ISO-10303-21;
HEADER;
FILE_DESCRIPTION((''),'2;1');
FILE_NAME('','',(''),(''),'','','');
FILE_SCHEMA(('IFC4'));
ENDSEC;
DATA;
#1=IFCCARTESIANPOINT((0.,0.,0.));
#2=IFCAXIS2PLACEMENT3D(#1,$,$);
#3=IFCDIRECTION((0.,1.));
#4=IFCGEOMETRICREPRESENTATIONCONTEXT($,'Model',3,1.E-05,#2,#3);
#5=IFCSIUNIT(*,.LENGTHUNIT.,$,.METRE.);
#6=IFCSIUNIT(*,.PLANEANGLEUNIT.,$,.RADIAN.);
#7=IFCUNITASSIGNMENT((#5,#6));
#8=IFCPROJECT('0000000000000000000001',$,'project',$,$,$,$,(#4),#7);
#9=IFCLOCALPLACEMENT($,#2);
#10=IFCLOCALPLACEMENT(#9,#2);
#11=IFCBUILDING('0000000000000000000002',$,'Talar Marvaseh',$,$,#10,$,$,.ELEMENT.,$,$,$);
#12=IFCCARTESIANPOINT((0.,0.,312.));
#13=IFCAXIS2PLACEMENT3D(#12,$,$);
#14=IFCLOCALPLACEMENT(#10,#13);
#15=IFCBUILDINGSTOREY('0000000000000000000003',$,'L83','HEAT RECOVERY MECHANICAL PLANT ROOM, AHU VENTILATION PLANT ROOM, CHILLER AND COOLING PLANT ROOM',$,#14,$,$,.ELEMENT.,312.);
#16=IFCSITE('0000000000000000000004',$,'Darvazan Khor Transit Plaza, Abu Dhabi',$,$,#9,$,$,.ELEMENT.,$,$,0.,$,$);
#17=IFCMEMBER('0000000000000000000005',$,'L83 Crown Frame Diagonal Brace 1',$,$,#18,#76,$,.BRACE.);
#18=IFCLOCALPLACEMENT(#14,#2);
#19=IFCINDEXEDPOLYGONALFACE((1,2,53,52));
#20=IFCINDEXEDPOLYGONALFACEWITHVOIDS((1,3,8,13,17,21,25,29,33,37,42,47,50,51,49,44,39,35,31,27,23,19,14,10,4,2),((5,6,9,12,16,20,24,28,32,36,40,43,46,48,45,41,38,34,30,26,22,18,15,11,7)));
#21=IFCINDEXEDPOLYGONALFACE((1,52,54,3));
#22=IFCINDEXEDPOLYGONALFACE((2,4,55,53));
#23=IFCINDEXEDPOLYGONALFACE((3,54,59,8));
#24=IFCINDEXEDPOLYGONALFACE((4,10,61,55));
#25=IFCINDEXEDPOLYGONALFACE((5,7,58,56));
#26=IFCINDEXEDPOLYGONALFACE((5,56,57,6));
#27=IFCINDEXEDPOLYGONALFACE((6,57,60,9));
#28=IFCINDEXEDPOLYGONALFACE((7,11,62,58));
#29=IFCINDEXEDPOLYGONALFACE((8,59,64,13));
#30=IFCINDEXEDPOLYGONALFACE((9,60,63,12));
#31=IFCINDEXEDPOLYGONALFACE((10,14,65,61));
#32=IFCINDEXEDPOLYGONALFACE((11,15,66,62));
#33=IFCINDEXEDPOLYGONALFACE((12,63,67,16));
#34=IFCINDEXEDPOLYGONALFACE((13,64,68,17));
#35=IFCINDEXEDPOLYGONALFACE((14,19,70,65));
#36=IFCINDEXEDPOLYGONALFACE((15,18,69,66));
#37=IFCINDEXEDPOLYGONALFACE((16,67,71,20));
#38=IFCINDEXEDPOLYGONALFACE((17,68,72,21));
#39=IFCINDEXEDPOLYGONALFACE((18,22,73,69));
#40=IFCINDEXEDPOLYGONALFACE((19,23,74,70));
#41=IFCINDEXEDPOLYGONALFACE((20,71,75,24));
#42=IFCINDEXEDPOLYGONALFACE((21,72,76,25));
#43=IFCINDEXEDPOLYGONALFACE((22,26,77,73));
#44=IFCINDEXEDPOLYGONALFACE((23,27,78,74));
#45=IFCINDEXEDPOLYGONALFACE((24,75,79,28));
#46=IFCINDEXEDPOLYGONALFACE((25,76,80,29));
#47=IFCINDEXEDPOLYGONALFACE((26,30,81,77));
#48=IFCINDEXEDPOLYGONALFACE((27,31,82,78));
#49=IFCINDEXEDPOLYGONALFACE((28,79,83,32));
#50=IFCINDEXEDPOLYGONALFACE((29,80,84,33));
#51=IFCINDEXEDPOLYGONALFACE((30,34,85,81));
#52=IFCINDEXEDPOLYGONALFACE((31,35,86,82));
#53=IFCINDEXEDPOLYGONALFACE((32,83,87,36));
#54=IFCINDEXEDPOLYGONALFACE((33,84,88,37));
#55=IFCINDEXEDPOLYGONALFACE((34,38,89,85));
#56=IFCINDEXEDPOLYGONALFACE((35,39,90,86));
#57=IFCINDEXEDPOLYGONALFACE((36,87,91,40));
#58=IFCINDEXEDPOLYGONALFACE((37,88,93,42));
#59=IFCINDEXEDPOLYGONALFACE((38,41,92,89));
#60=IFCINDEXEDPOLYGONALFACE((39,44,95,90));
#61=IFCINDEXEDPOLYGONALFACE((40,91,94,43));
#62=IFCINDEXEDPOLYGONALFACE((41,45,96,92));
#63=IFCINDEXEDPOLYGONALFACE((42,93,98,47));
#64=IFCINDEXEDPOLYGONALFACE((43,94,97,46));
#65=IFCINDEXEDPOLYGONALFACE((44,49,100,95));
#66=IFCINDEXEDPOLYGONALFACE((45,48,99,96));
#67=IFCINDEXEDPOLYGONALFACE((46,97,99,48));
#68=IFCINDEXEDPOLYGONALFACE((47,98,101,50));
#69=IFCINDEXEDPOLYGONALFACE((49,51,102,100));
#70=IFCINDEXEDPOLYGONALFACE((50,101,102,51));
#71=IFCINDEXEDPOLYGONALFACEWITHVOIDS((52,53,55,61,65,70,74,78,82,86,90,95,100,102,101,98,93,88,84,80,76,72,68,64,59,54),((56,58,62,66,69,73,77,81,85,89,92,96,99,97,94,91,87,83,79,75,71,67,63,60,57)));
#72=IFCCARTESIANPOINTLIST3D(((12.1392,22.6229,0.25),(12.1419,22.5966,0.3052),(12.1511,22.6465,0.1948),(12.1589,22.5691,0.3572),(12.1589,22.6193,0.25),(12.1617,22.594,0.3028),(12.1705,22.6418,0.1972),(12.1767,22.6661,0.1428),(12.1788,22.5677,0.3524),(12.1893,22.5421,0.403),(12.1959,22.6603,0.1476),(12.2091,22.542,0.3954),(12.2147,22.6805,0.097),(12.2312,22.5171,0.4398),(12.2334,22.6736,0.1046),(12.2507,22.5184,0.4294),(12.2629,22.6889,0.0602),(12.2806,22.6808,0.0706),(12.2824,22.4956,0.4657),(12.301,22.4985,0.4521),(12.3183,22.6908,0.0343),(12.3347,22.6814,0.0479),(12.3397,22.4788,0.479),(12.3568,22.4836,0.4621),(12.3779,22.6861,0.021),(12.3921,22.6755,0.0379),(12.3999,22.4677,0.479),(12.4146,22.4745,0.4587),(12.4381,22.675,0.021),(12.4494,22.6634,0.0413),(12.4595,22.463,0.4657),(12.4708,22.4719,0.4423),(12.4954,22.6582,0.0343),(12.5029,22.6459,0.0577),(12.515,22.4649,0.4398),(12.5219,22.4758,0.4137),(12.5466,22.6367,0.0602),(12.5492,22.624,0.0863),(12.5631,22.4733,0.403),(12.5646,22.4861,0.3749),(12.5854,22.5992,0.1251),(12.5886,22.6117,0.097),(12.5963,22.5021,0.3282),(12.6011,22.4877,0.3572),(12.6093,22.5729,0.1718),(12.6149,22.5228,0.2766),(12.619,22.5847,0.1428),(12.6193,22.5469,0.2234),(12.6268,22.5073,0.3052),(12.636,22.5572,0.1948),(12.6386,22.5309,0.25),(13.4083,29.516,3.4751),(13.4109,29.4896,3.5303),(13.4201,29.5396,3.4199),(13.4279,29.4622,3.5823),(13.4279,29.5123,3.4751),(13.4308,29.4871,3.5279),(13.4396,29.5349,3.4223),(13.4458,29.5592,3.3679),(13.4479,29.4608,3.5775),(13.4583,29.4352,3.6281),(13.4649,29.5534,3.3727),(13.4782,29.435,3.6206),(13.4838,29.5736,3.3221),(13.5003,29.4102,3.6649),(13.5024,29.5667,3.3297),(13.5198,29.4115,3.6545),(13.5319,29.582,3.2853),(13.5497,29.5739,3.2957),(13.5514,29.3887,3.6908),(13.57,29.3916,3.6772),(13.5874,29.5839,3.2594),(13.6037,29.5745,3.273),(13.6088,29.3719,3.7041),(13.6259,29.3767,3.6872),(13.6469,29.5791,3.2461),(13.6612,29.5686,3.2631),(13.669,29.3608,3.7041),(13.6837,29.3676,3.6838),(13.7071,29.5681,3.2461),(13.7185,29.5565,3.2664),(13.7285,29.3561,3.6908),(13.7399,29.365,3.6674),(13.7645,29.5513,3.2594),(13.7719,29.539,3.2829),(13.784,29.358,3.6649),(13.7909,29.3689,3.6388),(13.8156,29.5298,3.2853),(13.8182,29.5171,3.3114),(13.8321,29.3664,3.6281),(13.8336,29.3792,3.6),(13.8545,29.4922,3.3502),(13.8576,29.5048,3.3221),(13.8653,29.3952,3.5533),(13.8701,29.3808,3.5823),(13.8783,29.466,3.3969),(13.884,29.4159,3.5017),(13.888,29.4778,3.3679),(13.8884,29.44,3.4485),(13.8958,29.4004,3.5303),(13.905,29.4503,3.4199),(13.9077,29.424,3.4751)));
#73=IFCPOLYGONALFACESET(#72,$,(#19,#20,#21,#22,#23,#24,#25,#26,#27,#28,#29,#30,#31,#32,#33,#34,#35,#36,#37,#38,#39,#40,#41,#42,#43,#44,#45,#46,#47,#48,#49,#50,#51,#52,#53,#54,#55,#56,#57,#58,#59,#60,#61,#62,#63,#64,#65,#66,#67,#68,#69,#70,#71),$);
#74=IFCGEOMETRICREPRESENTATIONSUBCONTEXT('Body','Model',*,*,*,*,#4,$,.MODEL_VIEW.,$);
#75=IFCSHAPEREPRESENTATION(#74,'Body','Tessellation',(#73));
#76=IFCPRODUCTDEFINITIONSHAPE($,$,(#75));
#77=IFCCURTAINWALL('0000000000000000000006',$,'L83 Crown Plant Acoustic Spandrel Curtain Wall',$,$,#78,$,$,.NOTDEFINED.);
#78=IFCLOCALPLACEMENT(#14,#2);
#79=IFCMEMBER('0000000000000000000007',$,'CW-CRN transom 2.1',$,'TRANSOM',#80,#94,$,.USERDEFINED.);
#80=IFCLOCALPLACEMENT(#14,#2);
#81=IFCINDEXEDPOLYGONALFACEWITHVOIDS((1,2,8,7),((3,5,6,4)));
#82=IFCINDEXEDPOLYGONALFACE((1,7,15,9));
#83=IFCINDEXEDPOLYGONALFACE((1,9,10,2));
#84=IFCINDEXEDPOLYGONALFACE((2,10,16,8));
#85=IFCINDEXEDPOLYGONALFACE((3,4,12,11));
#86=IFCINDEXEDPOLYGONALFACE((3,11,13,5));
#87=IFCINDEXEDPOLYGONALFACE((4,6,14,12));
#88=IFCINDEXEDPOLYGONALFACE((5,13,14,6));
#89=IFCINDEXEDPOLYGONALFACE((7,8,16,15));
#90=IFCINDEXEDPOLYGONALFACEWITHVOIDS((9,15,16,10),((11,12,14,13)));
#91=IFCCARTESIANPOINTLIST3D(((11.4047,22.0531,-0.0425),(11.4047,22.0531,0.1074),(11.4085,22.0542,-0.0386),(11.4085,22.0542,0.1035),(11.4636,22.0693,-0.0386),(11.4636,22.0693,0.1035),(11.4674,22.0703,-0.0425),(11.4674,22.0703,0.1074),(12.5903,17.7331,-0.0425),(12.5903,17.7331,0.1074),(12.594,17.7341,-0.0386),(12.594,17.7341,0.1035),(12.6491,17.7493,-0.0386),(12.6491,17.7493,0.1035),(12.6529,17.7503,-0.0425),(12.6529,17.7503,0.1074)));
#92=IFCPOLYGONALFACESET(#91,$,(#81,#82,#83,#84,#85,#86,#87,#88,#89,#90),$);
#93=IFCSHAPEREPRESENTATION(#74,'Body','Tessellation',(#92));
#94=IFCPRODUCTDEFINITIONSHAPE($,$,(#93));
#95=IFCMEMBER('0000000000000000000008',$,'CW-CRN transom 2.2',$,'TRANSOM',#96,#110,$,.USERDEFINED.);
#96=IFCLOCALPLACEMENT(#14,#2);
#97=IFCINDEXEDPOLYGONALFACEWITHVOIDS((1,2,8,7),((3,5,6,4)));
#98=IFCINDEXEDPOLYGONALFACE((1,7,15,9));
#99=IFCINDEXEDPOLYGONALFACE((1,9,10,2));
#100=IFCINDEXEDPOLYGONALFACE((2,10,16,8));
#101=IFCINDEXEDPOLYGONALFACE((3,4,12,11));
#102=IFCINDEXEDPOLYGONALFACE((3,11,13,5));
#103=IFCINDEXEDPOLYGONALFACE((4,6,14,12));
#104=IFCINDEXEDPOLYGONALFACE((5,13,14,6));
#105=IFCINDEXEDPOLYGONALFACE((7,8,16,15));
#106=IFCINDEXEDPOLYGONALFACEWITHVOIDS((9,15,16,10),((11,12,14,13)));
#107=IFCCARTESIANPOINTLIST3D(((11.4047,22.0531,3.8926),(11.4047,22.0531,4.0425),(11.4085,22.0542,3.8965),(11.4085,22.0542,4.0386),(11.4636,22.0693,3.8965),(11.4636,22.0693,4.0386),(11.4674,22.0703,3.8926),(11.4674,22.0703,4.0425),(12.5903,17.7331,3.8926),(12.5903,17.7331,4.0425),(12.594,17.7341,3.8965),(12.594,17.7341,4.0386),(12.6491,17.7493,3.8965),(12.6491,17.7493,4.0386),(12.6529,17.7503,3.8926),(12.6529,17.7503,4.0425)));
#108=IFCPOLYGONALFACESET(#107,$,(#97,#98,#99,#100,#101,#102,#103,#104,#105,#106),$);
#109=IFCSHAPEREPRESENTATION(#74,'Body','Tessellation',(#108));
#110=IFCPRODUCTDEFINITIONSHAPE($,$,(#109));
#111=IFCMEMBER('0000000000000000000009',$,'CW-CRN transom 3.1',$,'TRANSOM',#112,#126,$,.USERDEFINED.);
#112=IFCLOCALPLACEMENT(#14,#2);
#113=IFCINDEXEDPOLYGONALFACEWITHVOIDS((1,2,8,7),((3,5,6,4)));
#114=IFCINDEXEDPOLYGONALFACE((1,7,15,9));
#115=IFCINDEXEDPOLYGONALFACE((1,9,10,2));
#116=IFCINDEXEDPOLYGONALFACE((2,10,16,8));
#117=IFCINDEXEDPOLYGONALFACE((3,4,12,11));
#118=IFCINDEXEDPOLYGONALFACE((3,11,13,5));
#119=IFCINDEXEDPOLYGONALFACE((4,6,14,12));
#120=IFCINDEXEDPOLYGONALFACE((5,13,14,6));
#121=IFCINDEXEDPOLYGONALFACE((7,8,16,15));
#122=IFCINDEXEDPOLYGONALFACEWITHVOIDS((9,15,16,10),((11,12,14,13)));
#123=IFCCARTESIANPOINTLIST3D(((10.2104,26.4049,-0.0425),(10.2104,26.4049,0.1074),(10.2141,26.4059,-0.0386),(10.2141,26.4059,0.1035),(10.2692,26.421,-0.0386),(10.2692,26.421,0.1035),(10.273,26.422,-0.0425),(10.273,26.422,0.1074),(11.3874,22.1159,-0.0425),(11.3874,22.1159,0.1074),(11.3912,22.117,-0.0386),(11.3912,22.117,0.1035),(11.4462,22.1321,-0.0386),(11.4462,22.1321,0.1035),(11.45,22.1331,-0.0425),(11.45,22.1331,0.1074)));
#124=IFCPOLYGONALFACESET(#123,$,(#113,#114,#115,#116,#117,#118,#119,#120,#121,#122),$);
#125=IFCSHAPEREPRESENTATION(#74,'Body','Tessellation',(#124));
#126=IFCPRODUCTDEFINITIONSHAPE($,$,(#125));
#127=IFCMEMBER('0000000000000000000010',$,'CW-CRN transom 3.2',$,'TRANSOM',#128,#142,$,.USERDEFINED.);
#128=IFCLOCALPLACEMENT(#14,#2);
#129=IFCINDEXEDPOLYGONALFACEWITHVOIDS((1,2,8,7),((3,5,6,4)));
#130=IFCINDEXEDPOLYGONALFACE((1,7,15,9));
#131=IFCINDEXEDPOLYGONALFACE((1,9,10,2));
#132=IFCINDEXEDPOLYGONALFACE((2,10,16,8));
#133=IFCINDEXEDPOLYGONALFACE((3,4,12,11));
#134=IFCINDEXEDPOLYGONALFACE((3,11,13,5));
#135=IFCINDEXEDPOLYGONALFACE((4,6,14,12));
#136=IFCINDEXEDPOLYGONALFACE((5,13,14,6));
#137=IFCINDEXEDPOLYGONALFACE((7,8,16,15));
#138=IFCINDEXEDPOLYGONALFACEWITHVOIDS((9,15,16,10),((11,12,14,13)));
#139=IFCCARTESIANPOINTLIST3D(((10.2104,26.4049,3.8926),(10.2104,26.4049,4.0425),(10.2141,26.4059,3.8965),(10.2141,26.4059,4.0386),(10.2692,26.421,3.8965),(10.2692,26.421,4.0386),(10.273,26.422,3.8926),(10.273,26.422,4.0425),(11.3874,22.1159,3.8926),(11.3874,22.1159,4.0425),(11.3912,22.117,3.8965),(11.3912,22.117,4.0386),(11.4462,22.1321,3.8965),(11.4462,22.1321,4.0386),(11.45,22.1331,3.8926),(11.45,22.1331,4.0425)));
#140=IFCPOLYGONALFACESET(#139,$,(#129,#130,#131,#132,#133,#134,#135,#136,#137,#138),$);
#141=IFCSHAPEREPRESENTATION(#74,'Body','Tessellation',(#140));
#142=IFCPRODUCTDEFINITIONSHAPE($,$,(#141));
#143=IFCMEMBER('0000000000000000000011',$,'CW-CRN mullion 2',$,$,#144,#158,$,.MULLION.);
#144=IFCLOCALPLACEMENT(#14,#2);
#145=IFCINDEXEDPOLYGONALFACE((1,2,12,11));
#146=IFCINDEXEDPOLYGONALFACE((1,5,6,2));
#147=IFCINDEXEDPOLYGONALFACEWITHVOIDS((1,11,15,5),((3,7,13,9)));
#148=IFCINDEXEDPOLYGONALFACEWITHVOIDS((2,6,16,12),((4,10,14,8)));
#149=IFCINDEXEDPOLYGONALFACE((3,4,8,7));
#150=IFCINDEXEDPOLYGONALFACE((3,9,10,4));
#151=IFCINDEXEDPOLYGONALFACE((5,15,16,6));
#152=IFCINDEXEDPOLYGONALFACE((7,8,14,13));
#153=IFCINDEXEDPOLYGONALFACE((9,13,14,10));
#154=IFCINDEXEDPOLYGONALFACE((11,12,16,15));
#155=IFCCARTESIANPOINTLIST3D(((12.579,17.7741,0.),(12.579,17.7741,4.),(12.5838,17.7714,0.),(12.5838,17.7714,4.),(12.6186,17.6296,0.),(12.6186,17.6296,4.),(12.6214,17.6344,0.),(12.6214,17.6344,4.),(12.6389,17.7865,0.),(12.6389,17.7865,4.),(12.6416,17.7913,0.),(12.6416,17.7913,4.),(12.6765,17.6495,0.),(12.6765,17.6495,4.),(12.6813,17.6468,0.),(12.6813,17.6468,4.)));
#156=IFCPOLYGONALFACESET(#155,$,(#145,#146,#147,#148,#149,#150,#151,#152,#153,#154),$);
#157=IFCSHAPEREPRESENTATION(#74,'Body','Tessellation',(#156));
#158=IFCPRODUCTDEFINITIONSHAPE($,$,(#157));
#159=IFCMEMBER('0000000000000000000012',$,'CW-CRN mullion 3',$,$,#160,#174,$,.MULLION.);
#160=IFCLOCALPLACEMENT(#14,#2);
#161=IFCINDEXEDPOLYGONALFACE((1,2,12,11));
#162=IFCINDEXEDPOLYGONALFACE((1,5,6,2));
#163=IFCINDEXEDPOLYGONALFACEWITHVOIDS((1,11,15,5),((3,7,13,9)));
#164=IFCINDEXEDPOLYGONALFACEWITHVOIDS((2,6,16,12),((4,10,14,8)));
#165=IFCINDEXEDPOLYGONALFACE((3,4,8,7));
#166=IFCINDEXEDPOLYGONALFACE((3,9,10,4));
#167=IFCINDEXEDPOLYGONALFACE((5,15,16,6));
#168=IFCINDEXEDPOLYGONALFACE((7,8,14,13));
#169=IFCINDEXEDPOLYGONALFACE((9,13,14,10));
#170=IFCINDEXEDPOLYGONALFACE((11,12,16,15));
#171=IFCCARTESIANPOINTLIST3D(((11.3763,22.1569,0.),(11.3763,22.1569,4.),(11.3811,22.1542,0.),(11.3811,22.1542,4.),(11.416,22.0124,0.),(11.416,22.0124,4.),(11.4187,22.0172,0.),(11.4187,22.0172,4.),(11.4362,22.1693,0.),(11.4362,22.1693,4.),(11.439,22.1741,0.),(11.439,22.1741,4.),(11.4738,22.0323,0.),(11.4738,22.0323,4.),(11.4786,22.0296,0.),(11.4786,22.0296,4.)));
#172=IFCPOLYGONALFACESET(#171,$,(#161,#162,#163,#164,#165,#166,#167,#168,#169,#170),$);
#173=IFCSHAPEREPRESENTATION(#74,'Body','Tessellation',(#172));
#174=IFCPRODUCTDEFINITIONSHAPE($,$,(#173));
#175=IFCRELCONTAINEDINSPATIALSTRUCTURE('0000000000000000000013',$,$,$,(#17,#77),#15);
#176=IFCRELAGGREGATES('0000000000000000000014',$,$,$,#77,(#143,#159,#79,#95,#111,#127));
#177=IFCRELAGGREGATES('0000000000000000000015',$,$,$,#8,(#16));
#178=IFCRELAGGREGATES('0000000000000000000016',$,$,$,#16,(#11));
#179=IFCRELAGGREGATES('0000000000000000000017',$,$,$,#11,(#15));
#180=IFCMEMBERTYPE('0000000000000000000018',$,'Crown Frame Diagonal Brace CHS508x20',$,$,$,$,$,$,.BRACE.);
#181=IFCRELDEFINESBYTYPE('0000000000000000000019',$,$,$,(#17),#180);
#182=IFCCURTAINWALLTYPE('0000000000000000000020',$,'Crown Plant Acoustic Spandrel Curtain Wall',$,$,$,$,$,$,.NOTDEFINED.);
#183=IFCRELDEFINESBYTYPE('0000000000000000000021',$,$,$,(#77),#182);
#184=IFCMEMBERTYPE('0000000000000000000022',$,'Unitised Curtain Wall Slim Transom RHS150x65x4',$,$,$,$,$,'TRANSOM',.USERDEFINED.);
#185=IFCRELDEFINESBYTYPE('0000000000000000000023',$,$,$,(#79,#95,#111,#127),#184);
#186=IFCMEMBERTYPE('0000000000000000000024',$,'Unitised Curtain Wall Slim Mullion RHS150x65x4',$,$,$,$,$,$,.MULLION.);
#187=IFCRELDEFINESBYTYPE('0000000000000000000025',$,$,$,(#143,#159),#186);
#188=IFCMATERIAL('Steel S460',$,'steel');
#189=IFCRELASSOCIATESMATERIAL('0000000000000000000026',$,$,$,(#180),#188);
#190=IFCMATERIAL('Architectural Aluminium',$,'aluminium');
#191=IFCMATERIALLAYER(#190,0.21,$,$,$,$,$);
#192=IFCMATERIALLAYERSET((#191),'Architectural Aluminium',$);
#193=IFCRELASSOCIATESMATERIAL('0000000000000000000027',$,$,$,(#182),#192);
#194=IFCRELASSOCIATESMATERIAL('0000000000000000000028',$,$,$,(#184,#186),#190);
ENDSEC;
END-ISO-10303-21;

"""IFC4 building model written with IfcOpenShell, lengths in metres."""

from ifc_helpers import new_model, si_unit, direction, frame, origin, origin_2d, place, context, subcontext, project, spatial, hollow_rectangle, hollow_circle, extrude, source, transform, mapped, material, layer, layer_set, material_profile, profile_set, type_object, type_shapes, element, aggregate, save


model = new_model("IFC4")

# Units and contexts
model_context = context("Model", 3, precision=1e-05, world=origin(), true_north=direction((0.0, 1.0)))
body_context = subcontext(model_context, "Body", "Model", "MODEL_VIEW")
ifc_project = project(units=[si_unit("LENGTHUNIT", "METRE"), si_unit("PLANEANGLEUNIT", "RADIAN")], contexts=[model_context])

# Site, building, storey
site_placement = place(None, origin())
site = spatial("IfcSite", under=ifc_project, at=site_placement, Name="Darvazan Khor Transit Plaza, Abu Dhabi", CompositionType="ELEMENT", RefElevation=0.0)
building_placement = place(site_placement, origin())
building = spatial("IfcBuilding", under=site, at=building_placement, Name="Talar Marvaseh", CompositionType="ELEMENT")
storey_placement = place(building_placement, frame((0.0, 0.0, 312.0)))
storey = spatial("IfcBuildingStorey", under=building, at=storey_placement, Name="L83", Description="HEAT RECOVERY MECHANICAL PLANT ROOM, AHU VENTILATION PLANT ROOM, CHILLER AND COOLING PLANT ROOM", CompositionType="ELEMENT", Elevation=312.0)

# Shared definitions
ifc_material_1 = material(Name="Steel S460", Category="steel")

# Member
ifc_material_profile_1 = material_profile(ifc_material_1, hollow_circle(Radius=0.2539, WallThickness=0.02, at=origin_2d()), Name="CHS508x20")
ifc_profile_set_1 = profile_set([ifc_material_profile_1], Name="Steel S460")
member_type_1 = type_object("IfcMemberType", Name="Crown Frame Diagonal Brace CHS508x20", PredefinedType="BRACE", material=ifc_profile_set_1)
shared_shape_1 = source(origin(), body_context, "Body", "SweptSolid", [
    extrude(hollow_circle(Radius=0.2539, WallThickness=0.02, at=origin_2d()), origin(), (0.0, 0.0, 1.0), 7.7153),
])
type_shapes(member_type_1, [shared_shape_1])
member_1_placement = place(storey_placement, frame((12.3889, 22.5769, 0.25), z_axis=(0.164484, 0.893426, 0.418012), x_axis=(-0.983472, 0.181061, 0.0)))
element("IfcMember", 1, at=member_1_placement, inside=storey, type_object=member_type_1, Name="L83 Crown Frame Diagonal Brace 1", PredefinedType="BRACE", context=body_context, shape_type="MappedRepresentation", body=[
    mapped(shared_shape_1, transform((0.0, 0.0, 0.0), x_axis=(1.0, 0.0, 0.0), y_axis=(0.0, 1.0, 0.0), z_axis=(0.0, 0.0, 1.0), scale=1.0)),
])

# Curtain wall, members
ifc_material_2 = material(Name="Architectural Aluminium", Category="aluminium")
ifc_layer_1 = layer(ifc_material_2, 0.21)
ifc_layer_set_1 = layer_set([ifc_layer_1], Name="Architectural Aluminium")
curtain_wall_type = type_object("IfcCurtainWallType", Name="Crown Plant Acoustic Spandrel Curtain Wall", PredefinedType="NOTDEFINED", material=ifc_layer_set_1)
curtain_wall_placement = place(storey_placement, origin())
curtain_wall = element("IfcCurtainWall", 2, at=curtain_wall_placement, inside=storey, type_object=curtain_wall_type, Name="L83 Crown Plant Acoustic Spandrel Curtain Wall", PredefinedType="NOTDEFINED")
ifc_material_profile_2 = material_profile(ifc_material_2, hollow_rectangle(XDim=0.0649, YDim=0.1499, WallThickness=0.0039, at=origin_2d()), Name="RHS150x65x4")
ifc_profile_set_2 = profile_set([ifc_material_profile_2], Name="Architectural Aluminium")
member_type_2 = type_object("IfcMemberType", Name="Unitised Curtain Wall Slim Transom RHS150x65x4", ElementType="TRANSOM", PredefinedType="USERDEFINED", material=ifc_profile_set_2)
shared_shape_2 = source(origin(), body_context, "Body", "SweptSolid", [
    extrude(hollow_rectangle(XDim=0.0649, YDim=0.1499, WallThickness=0.0039, at=origin_2d()), origin(), (0.0, 0.0, 1.0), 4.4797),
])
member_2_placement = place(storey_placement, frame((12.6216, 17.7417, 0.0325), z_axis=(-0.264643, 0.964346, 0.0), x_axis=(-0.964346, -0.264643, 0.0)))
member_2 = element("IfcMember", 3, at=member_2_placement, type_object=member_type_2, Name="CW-CRN transom 2.1", ObjectType="TRANSOM", PredefinedType="USERDEFINED", context=body_context, shape_type="MappedRepresentation", body=[
    mapped(shared_shape_2, transform((0.0, 0.0, 0.0), x_axis=(1.0, 0.0, 0.0), y_axis=(0.0, 1.0, 0.0), z_axis=(0.0, 0.0, 1.0), scale=1.0)),
])
member_3_placement = place(storey_placement, frame((12.6216, 17.7417, 3.9675), z_axis=(-0.264643, 0.964346, 0.0), x_axis=(-0.964346, -0.264643, 0.0)))
member_3 = element("IfcMember", 4, at=member_3_placement, type_object=member_type_2, Name="CW-CRN transom 2.2", ObjectType="TRANSOM", PredefinedType="USERDEFINED", context=body_context, shape_type="MappedRepresentation", body=[
    mapped(shared_shape_2, transform((0.0, 0.0, 0.0), x_axis=(1.0, 0.0, 0.0), y_axis=(0.0, 1.0, 0.0), z_axis=(0.0, 0.0, 1.0), scale=1.0)),
])
shared_shape_3 = source(origin(), body_context, "Body", "SweptSolid", [
    extrude(hollow_rectangle(XDim=0.0649, YDim=0.1499, WallThickness=0.0039, at=origin_2d()), origin(), (0.0, 0.0, 1.0), 4.4475),
])
type_shapes(member_type_2, [shared_shape_2, shared_shape_3])
member_4_placement = place(storey_placement, frame((11.4187, 22.1245, 0.0325), z_axis=(-0.26465, 0.964345, 0.0), x_axis=(-0.964345, -0.26465, 0.0)))
member_4 = element("IfcMember", 5, at=member_4_placement, type_object=member_type_2, Name="CW-CRN transom 3.1", ObjectType="TRANSOM", PredefinedType="USERDEFINED", context=body_context, shape_type="MappedRepresentation", body=[
    mapped(shared_shape_3, transform((0.0, 0.0, 0.0), x_axis=(1.0, 0.0, 0.0), y_axis=(0.0, 1.0, 0.0), z_axis=(0.0, 0.0, 1.0), scale=1.0)),
])
member_5_placement = place(storey_placement, frame((11.4187, 22.1245, 3.9675), z_axis=(-0.26465, 0.964345, 0.0), x_axis=(-0.964345, -0.26465, 0.0)))
member_5 = element("IfcMember", 6, at=member_5_placement, type_object=member_type_2, Name="CW-CRN transom 3.2", ObjectType="TRANSOM", PredefinedType="USERDEFINED", context=body_context, shape_type="MappedRepresentation", body=[
    mapped(shared_shape_3, transform((0.0, 0.0, 0.0), x_axis=(1.0, 0.0, 0.0), y_axis=(0.0, 1.0, 0.0), z_axis=(0.0, 0.0, 1.0), scale=1.0)),
])
ifc_material_profile_3 = material_profile(ifc_material_2, hollow_rectangle(XDim=0.0649, YDim=0.1499, WallThickness=0.0039, at=origin_2d()), Name="RHS150x65x4")
ifc_profile_set_3 = profile_set([ifc_material_profile_3], Name="Architectural Aluminium")
member_type_3 = type_object("IfcMemberType", Name="Unitised Curtain Wall Slim Mullion RHS150x65x4", PredefinedType="MULLION", material=ifc_profile_set_3)
shared_shape_4 = source(origin(), body_context, "Body", "SweptSolid", [
    extrude(hollow_rectangle(XDim=0.0649, YDim=0.1499, WallThickness=0.0039, at=origin_2d()), origin(), (0.0, 0.0, 1.0), 4.0),
])
type_shapes(member_type_3, [shared_shape_4])
member_6_placement = place(storey_placement, frame((12.6301, 17.7104, 0.0), z_axis=(0.0, 0.0, 1.0), x_axis=(-0.964345, -0.264649, 0.0)))
member_6 = element("IfcMember", 7, at=member_6_placement, type_object=member_type_3, Name="CW-CRN mullion 2", PredefinedType="MULLION", context=body_context, shape_type="MappedRepresentation", body=[
    mapped(shared_shape_4, transform((0.0, 0.0, 0.0), x_axis=(1.0, 0.0, 0.0), y_axis=(0.0, 1.0, 0.0), z_axis=(0.0, 0.0, 1.0), scale=1.0)),
])
member_7_placement = place(storey_placement, frame((11.4275, 22.0933, 0.0), z_axis=(0.0, 0.0, 1.0), x_axis=(-0.964345, -0.264649, 0.0)))
member_7 = element("IfcMember", 8, at=member_7_placement, type_object=member_type_3, Name="CW-CRN mullion 3", PredefinedType="MULLION", context=body_context, shape_type="MappedRepresentation", body=[
    mapped(shared_shape_4, transform((0.0, 0.0, 0.0), x_axis=(1.0, 0.0, 0.0), y_axis=(0.0, 1.0, 0.0), z_axis=(0.0, 0.0, 1.0), scale=1.0)),
])

aggregate(curtain_wall, [member_6, member_7, member_2, member_3, member_4, member_5])

save(model, "model.ifc")
